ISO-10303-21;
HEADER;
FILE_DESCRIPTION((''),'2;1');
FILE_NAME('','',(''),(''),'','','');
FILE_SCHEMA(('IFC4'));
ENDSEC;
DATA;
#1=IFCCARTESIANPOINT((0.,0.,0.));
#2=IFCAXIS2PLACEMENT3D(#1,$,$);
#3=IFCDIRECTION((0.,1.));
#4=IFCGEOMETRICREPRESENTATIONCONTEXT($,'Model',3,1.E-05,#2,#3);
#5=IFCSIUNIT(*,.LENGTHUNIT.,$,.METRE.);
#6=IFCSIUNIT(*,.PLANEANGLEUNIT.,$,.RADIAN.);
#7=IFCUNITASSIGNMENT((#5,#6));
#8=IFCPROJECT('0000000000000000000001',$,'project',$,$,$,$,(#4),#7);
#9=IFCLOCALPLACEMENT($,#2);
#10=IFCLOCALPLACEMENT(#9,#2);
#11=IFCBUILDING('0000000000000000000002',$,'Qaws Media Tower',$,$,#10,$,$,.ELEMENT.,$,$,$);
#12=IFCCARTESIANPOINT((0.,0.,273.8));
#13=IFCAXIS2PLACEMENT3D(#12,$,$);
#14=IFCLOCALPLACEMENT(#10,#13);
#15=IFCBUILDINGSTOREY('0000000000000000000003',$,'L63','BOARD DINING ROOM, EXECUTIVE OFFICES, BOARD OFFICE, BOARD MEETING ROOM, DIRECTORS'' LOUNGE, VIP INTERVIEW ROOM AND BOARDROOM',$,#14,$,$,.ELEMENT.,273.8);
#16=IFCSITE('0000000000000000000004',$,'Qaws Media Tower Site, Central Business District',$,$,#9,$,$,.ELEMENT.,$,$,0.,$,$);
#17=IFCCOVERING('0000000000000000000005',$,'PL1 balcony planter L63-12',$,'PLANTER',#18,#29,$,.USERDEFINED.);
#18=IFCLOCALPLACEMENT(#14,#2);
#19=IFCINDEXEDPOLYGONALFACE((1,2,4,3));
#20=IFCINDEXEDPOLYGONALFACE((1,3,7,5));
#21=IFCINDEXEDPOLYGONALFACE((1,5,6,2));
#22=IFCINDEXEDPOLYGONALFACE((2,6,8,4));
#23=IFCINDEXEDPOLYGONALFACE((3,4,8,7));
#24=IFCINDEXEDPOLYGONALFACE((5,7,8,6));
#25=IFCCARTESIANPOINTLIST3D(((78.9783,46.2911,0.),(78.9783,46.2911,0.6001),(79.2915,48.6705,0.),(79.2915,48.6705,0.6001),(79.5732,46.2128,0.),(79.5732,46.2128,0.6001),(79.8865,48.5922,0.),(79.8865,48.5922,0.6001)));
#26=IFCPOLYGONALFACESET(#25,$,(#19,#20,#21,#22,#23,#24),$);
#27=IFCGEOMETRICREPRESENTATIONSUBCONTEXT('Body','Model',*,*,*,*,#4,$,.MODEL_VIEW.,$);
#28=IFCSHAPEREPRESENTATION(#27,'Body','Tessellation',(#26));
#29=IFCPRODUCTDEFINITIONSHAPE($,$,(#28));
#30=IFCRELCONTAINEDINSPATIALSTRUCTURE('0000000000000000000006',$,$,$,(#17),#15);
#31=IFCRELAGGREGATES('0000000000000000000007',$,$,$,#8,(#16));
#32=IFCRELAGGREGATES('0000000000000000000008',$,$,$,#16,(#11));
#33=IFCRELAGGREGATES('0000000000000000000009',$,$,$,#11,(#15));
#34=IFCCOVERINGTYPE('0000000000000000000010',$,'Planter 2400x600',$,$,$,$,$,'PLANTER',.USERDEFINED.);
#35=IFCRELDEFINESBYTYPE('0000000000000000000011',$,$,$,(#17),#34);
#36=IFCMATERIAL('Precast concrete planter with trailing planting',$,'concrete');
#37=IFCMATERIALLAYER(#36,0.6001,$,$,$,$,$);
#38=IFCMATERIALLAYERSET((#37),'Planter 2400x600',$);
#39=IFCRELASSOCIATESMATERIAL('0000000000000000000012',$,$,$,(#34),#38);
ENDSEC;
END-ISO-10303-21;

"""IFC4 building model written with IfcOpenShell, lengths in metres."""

from ifc_helpers import new_model, si_unit, direction, frame, origin, origin_2d, place, context, subcontext, project, spatial, rectangle, extrude, material, layer, layer_set, type_object, element, save


model = new_model("IFC4")

# Units and contexts
model_context = context("Model", 3, precision=1e-05, world=origin(), true_north=direction((0.0, 1.0)))
body_context = subcontext(model_context, "Body", "Model", "MODEL_VIEW")
ifc_project = project(units=[si_unit("LENGTHUNIT", "METRE"), si_unit("PLANEANGLEUNIT", "RADIAN")], contexts=[model_context])

# Site, building, storey
site_placement = place(None, origin())
site = spatial("IfcSite", under=ifc_project, at=site_placement, Name="Qaws Media Tower Site, Central Business District", CompositionType="ELEMENT", RefElevation=0.0)
building_placement = place(site_placement, origin())
building = spatial("IfcBuilding", under=site, at=building_placement, Name="Qaws Media Tower", CompositionType="ELEMENT")
storey_placement = place(building_placement, frame((0.0, 0.0, 273.8)))
storey = spatial("IfcBuildingStorey", under=building, at=storey_placement, Name="L63", Description="BOARD DINING ROOM, EXECUTIVE OFFICES, BOARD OFFICE, BOARD MEETING ROOM, DIRECTORS' LOUNGE, VIP INTERVIEW ROOM AND BOARDROOM", CompositionType="ELEMENT", Elevation=273.8)

# Covering
ifc_material_1 = material(Name="Precast concrete planter with trailing planting", Category="concrete")
ifc_layer_1 = layer(ifc_material_1, 0.6001)
ifc_layer_set_1 = layer_set([ifc_layer_1], Name="Planter 2400x600")
covering_type = type_object("IfcCoveringType", Name="Planter 2400x600", ElementType="PLANTER", PredefinedType="USERDEFINED", material=ifc_layer_set_1)
covering_placement = place(storey_placement, frame((79.4324, 47.4417, 0.0), z_axis=(0.0, 0.0, 1.0), x_axis=(0.130526, 0.991445, 0.0)))
element("IfcCovering", 1, at=covering_placement, inside=storey, type_object=covering_type, Name="PL1 balcony planter L63-12", ObjectType="PLANTER", PredefinedType="USERDEFINED", context=body_context, shape_type="SweptSolid", body=[
    extrude(rectangle(XDim=2.3999, YDim=0.6001, at=origin_2d()), origin(), (0.0, 0.0, 1.0), 0.6001),
])

save(model, "model.ifc")
